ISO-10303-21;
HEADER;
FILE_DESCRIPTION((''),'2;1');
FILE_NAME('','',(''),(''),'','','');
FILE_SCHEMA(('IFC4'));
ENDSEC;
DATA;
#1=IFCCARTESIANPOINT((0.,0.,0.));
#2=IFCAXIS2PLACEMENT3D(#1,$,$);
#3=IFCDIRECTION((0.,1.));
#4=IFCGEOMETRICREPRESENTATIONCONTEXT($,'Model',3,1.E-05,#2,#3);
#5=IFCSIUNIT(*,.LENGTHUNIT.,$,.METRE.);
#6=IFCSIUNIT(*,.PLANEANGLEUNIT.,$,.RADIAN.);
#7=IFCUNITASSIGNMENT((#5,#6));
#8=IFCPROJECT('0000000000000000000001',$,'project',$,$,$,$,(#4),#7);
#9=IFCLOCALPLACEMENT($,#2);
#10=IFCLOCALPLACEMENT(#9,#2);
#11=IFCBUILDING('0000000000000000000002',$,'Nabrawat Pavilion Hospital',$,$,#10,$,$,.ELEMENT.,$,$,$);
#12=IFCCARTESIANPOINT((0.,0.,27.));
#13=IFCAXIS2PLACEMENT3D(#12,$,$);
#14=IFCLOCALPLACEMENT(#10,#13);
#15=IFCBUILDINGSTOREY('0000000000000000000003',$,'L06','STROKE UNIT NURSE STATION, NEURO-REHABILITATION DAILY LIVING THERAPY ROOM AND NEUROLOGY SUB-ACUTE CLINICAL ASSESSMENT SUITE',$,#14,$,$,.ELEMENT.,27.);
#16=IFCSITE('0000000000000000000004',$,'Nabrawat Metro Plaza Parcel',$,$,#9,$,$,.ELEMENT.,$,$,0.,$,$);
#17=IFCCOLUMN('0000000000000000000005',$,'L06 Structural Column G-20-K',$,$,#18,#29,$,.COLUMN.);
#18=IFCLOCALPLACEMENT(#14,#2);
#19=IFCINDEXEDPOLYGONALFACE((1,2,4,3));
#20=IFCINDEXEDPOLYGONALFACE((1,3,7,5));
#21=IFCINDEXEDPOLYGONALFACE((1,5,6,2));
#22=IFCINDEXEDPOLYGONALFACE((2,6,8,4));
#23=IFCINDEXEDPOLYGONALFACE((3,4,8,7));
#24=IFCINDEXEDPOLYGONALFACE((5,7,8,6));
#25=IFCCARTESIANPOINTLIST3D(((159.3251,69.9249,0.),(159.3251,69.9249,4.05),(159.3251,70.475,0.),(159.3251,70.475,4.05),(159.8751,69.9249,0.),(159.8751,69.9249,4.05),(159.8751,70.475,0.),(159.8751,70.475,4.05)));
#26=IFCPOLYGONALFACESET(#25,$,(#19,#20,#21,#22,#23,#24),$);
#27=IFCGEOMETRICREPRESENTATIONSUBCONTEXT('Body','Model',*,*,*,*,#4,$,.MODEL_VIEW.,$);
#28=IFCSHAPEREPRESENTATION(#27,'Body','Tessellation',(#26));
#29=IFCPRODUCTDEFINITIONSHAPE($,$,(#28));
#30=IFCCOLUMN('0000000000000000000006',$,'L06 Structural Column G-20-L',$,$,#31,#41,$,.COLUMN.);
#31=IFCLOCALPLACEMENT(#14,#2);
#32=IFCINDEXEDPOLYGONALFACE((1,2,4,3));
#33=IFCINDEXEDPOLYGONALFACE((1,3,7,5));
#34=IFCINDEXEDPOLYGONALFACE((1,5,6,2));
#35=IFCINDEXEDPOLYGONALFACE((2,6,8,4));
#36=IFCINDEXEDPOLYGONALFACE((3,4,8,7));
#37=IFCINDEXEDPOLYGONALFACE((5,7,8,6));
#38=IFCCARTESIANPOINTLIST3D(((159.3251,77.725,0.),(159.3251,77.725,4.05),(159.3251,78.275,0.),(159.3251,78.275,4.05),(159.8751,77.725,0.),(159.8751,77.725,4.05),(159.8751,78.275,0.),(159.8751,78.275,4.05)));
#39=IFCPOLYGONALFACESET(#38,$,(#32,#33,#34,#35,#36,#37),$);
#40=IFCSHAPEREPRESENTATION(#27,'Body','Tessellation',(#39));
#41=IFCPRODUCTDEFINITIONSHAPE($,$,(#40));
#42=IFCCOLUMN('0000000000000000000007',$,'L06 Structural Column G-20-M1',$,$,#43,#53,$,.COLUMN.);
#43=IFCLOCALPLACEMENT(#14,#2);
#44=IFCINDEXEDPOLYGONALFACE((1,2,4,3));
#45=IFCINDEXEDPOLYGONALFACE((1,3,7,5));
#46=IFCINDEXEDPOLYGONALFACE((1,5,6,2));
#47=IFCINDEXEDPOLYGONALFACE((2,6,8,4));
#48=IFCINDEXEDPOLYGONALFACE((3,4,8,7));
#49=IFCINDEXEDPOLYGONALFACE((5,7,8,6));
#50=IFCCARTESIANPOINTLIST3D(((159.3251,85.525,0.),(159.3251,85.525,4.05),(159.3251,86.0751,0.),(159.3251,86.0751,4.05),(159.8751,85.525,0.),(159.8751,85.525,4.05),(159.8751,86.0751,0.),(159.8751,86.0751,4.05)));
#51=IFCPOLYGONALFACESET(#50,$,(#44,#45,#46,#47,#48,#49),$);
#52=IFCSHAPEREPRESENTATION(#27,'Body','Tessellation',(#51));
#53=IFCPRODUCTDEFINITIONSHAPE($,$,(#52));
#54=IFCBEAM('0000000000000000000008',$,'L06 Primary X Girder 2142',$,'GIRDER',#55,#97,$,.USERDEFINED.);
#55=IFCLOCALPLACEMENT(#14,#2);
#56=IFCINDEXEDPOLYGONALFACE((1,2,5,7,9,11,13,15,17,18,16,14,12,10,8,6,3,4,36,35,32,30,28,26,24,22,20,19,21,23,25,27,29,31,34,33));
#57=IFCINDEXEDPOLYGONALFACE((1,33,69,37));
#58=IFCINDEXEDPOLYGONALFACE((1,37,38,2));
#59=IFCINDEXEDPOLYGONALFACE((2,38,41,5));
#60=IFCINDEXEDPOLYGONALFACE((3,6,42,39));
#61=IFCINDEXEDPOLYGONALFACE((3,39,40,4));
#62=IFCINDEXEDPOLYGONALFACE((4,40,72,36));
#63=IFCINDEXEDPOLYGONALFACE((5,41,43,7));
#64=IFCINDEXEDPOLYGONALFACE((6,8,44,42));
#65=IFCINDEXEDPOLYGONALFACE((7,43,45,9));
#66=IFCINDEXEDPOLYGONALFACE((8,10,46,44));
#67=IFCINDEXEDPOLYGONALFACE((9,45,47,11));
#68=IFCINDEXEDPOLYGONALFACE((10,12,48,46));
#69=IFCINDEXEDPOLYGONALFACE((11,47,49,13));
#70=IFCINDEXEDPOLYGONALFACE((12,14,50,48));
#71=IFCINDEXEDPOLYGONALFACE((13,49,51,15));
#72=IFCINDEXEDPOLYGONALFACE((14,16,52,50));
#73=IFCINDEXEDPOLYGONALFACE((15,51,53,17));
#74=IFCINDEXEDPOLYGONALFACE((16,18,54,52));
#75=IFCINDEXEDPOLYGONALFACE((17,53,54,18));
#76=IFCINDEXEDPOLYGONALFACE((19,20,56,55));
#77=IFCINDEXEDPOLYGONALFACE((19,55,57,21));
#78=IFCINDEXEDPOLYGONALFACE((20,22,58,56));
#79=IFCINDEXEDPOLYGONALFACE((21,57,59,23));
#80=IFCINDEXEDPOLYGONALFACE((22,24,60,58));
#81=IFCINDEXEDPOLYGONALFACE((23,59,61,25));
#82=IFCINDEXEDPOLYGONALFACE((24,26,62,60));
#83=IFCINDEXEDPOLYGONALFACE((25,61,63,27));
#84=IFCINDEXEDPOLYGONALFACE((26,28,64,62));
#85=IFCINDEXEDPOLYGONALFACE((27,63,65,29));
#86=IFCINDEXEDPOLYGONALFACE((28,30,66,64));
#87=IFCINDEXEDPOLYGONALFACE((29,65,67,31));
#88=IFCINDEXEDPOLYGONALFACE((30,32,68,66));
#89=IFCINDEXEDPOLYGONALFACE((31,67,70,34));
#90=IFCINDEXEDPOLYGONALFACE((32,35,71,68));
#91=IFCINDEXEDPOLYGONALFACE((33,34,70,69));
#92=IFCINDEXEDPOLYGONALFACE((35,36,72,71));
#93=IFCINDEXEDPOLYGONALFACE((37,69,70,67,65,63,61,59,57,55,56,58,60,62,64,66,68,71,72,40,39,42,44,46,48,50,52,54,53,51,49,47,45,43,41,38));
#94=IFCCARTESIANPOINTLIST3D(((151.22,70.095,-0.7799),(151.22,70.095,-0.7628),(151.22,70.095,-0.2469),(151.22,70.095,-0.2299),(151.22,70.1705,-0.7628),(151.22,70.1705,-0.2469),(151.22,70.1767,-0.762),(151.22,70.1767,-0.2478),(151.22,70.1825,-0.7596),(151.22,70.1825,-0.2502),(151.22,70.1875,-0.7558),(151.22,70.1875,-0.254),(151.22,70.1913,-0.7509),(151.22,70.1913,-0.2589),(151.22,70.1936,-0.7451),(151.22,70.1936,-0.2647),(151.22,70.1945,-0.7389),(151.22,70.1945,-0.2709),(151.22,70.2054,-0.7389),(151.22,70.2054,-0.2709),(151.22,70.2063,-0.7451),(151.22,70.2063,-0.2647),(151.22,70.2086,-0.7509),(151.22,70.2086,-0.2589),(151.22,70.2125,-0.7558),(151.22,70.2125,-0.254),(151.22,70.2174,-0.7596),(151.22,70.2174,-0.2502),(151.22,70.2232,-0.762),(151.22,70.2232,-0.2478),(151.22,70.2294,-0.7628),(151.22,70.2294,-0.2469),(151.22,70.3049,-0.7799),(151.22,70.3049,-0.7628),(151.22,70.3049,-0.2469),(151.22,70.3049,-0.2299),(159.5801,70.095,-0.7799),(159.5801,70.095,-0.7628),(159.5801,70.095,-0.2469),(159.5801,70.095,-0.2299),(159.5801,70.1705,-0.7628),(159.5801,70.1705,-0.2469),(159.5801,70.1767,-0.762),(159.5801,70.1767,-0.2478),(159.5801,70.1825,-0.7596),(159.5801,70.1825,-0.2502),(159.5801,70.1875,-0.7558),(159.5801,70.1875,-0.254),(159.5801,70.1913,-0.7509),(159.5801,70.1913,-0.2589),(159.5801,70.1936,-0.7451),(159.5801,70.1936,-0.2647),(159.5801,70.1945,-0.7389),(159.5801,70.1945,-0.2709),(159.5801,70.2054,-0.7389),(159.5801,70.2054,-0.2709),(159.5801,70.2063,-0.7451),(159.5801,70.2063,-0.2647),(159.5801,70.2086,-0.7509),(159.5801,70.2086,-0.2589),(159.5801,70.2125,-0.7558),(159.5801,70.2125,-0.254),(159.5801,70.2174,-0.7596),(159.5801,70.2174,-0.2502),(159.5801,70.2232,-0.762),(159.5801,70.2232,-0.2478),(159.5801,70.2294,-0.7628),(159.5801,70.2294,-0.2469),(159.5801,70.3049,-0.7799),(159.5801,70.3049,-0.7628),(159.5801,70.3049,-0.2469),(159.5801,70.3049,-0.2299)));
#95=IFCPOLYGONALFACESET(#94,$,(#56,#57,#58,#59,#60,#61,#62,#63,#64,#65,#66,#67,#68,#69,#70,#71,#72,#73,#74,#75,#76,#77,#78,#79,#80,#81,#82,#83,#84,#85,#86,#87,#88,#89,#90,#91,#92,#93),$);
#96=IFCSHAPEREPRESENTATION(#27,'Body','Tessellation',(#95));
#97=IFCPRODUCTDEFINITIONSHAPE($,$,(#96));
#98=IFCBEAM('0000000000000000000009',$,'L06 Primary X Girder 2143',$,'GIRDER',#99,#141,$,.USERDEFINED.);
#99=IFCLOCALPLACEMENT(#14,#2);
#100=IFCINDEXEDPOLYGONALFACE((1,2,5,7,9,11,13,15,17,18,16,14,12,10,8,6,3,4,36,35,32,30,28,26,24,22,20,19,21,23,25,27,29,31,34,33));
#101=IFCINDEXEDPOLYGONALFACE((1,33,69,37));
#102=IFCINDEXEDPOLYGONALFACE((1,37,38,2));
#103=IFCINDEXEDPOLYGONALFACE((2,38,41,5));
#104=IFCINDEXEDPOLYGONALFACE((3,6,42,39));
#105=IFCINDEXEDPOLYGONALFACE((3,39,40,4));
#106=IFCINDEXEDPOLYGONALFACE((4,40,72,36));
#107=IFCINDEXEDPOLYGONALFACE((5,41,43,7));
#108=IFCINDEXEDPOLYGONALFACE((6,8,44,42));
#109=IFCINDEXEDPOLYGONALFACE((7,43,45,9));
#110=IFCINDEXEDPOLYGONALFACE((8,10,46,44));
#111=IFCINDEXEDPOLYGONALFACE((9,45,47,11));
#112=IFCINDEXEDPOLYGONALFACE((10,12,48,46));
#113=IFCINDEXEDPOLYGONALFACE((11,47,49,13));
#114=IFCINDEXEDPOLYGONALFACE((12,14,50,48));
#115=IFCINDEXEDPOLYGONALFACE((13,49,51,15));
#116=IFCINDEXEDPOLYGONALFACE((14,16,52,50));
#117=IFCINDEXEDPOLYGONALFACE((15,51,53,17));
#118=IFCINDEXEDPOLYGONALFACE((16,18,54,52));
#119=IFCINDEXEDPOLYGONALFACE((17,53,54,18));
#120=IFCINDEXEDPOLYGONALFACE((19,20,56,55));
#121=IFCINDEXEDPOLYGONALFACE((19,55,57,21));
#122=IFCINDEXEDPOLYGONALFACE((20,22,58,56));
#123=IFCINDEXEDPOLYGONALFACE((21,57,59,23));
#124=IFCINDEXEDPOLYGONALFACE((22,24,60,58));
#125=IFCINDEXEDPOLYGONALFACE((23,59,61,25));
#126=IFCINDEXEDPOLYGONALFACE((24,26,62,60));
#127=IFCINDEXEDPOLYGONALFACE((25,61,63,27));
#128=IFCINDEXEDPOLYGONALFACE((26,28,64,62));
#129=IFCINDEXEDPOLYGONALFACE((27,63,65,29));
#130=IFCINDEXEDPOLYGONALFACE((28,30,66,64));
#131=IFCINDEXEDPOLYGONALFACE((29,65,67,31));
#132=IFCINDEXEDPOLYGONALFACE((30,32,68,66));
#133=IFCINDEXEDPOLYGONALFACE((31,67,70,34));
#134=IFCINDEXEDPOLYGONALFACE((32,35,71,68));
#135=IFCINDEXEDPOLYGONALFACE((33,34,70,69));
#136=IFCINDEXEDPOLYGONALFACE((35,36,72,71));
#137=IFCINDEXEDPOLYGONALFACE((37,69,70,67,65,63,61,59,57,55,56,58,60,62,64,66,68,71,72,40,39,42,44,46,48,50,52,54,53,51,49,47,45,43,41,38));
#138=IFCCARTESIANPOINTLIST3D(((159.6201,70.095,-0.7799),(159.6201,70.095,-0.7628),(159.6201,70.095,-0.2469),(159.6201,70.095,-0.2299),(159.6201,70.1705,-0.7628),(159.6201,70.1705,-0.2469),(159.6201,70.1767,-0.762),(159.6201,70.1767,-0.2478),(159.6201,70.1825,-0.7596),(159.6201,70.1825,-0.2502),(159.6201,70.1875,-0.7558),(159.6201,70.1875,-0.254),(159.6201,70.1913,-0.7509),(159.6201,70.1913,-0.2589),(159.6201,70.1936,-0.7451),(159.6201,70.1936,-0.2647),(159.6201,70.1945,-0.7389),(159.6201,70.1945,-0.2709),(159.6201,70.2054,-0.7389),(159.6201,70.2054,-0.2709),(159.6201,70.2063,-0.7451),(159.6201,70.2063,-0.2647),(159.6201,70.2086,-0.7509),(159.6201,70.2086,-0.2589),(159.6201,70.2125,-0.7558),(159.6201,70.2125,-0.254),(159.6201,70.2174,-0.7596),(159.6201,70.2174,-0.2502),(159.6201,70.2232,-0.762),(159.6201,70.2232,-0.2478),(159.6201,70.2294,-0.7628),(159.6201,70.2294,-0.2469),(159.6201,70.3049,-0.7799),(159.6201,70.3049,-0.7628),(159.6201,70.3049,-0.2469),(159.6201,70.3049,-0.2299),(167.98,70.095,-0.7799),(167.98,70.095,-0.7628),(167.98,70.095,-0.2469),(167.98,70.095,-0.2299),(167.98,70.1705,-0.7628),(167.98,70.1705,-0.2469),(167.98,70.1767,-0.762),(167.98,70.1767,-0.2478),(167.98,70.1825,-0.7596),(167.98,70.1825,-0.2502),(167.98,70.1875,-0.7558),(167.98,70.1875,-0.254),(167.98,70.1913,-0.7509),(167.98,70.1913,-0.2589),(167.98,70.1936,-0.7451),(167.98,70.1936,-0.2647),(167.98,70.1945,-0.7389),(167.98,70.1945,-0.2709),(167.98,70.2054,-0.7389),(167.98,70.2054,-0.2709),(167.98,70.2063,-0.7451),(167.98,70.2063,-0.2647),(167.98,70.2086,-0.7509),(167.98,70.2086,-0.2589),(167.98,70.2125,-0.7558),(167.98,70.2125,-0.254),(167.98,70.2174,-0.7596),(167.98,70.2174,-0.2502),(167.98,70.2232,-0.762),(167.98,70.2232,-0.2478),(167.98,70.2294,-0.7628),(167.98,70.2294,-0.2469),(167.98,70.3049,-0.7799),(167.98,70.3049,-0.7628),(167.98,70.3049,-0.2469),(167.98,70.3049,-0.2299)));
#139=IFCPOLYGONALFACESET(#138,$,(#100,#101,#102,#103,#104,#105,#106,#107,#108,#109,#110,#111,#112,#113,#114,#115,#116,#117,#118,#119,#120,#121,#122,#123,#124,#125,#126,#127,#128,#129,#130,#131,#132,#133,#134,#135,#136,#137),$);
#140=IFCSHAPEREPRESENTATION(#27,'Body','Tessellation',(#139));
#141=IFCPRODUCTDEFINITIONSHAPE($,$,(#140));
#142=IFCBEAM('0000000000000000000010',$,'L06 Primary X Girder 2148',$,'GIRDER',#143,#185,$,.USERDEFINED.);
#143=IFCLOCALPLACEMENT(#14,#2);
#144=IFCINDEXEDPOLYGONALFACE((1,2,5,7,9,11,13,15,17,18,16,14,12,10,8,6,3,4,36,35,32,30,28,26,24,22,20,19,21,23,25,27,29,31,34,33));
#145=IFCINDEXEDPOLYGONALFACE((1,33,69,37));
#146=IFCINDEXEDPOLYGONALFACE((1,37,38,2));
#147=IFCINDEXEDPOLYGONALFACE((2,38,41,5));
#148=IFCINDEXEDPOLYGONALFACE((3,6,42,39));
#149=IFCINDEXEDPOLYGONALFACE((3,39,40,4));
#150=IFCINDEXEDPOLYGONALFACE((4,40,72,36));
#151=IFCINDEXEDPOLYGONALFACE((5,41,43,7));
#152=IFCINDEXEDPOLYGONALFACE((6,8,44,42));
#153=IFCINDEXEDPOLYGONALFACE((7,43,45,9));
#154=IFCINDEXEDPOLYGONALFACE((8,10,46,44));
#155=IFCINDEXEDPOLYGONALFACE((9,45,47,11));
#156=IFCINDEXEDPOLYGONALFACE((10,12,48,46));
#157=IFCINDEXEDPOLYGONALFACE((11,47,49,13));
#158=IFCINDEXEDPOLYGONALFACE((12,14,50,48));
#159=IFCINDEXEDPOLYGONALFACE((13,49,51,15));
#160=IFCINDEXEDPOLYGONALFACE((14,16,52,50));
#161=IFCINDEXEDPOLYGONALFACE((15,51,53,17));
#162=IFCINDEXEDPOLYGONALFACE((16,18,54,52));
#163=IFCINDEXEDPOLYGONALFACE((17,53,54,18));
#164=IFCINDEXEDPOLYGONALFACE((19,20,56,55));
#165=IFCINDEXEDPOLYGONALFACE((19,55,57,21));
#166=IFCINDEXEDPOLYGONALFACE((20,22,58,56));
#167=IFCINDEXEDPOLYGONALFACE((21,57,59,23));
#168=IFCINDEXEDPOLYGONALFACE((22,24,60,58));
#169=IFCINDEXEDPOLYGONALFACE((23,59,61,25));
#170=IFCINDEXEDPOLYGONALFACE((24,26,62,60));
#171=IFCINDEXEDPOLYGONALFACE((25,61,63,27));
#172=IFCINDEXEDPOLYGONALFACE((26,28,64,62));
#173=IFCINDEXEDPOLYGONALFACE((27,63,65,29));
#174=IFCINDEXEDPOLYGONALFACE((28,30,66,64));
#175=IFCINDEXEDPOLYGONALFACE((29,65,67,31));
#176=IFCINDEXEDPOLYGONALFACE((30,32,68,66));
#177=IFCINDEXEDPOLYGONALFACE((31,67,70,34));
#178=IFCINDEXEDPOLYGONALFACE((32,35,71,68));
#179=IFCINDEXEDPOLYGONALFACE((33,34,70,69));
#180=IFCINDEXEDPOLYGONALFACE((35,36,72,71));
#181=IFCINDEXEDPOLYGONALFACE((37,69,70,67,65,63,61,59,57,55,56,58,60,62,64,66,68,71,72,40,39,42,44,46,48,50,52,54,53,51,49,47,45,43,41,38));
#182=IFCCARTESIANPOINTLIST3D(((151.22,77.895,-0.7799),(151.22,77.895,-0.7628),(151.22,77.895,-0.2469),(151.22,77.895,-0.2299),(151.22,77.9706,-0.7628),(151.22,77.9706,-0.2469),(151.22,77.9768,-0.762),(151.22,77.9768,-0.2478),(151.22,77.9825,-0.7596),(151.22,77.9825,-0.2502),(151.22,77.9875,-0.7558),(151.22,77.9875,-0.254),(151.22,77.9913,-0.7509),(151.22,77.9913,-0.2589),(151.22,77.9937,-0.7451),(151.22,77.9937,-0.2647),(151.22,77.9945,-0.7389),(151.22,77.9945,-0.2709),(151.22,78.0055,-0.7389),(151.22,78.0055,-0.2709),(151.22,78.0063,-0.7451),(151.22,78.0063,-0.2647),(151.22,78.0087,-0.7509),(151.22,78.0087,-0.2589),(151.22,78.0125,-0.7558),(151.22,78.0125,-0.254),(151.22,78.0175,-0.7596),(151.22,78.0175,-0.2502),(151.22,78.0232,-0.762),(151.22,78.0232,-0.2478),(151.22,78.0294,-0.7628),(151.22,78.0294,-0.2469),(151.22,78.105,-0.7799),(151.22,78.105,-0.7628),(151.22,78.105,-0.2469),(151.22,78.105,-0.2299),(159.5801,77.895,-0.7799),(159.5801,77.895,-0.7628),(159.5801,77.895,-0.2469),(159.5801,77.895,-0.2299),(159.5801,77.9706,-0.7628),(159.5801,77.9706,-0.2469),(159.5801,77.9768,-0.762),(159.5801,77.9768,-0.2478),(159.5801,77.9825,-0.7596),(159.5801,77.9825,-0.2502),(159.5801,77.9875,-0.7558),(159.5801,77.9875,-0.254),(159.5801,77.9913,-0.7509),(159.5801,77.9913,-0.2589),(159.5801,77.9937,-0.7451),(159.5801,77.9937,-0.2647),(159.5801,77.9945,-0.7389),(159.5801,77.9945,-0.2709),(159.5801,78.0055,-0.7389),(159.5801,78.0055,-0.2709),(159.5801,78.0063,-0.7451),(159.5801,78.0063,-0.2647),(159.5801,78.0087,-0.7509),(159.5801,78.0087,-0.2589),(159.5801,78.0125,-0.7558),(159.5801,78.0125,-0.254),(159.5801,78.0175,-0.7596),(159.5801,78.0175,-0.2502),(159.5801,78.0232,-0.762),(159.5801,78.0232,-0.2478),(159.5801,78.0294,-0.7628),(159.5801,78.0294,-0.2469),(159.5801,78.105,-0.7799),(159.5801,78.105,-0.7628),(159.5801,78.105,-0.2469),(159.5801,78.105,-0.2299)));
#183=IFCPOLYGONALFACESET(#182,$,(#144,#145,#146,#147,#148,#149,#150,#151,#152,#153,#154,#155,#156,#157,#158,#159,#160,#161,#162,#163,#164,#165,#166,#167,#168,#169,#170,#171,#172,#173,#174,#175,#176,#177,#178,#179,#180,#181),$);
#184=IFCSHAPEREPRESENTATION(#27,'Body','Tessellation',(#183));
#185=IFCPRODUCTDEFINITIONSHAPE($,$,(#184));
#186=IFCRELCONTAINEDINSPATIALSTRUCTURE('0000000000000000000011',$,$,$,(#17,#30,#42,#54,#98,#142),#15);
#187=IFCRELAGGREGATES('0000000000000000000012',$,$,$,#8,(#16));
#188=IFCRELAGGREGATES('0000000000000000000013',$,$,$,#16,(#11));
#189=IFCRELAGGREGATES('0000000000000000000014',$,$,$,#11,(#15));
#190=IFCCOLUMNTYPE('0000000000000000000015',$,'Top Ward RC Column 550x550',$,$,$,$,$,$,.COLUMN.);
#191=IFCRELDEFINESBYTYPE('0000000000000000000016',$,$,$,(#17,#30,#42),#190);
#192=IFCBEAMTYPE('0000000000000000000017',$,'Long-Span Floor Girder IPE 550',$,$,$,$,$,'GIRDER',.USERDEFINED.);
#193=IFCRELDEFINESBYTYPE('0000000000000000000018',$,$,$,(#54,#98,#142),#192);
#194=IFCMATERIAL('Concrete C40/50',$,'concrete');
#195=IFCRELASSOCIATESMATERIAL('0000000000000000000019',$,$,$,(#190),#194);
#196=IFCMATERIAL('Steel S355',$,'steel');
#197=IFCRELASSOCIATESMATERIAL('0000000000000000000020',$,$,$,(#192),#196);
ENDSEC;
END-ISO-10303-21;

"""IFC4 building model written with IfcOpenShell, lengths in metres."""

from ifc_helpers import new_model, si_unit, direction, frame, origin, origin_2d, place, context, subcontext, project, spatial, rectangle, i_section, extrude, material, material_profile, profile_set, type_object, element, save


model = new_model("IFC4")

# Units and contexts
model_context = context("Model", 3, precision=1e-05, world=origin(), true_north=direction((0.0, 1.0)))
body_context = subcontext(model_context, "Body", "Model", "MODEL_VIEW")
ifc_project = project(units=[si_unit("LENGTHUNIT", "METRE"), si_unit("PLANEANGLEUNIT", "RADIAN")], contexts=[model_context])

# Site, building, storey
site_placement = place(None, origin())
site = spatial("IfcSite", under=ifc_project, at=site_placement, Name="Nabrawat Metro Plaza Parcel", CompositionType="ELEMENT", RefElevation=0.0)
building_placement = place(site_placement, origin())
building = spatial("IfcBuilding", under=site, at=building_placement, Name="Nabrawat Pavilion Hospital", CompositionType="ELEMENT")
storey_placement = place(building_placement, frame((0.0, 0.0, 27.0)))
storey = spatial("IfcBuildingStorey", under=building, at=storey_placement, Name="L06", Description="STROKE UNIT NURSE STATION, NEURO-REHABILITATION DAILY LIVING THERAPY ROOM AND NEUROLOGY SUB-ACUTE CLINICAL ASSESSMENT SUITE", CompositionType="ELEMENT", Elevation=27.0)

# Columns
ifc_material_1 = material(Name="Concrete C40/50", Category="concrete")
ifc_material_profile_1 = material_profile(ifc_material_1, rectangle(XDim=0.55, YDim=0.55, at=origin_2d()), Name="RC 550x550")
ifc_profile_set_1 = profile_set([ifc_material_profile_1], Name="Concrete C40/50")
column_type = type_object("IfcColumnType", Name="Top Ward RC Column 550x550", PredefinedType="COLUMN", material=ifc_profile_set_1)
for number, where, z_axis, x_axis, name in (
    (1, (159.6001, 70.2, 0.0), (0.0, 0.0, 1.0), (1.0, 0.0, 0.0), "L06 Structural Column G-20-K"),
    (2, (159.6001, 78.0, 0.0), (0.0, 0.0, 1.0), (1.0, 0.0, 0.0), "L06 Structural Column G-20-L"),
    (3, (159.6001, 85.8, 0.0), (0.0, 0.0, 1.0), (1.0, 0.0, 0.0), "L06 Structural Column G-20-M1"),
):
    element("IfcColumn", number, at=place(storey_placement, frame(where, z_axis=z_axis, x_axis=x_axis)), inside=storey, type_object=column_type, Name=name, PredefinedType="COLUMN", context=body_context, shape_type="SweptSolid", body=[
        extrude(rectangle(XDim=0.55, YDim=0.55, at=origin_2d()), origin(), (0.0, 0.0, 1.0), 4.05),
    ])

# Beams
ifc_material_2 = material(Name="Steel S355", Category="steel")
ifc_material_profile_2 = material_profile(ifc_material_2, i_section(OverallWidth=0.21, OverallDepth=0.55, WebThickness=0.011, FlangeThickness=0.0171, FilletRadius=0.0239, at=origin_2d()), Name="IPE 550")
ifc_profile_set_2 = profile_set([ifc_material_profile_2], Name="Steel S355")
beam_type_1 = type_object("IfcBeamType", Name="Long-Span Floor Girder IPE 550", ElementType="GIRDER", PredefinedType="USERDEFINED", material=ifc_profile_set_2)
beam_1_placement = place(storey_placement, frame((151.22, 70.2, -0.5049), z_axis=(1.0, 0.0, 0.0), x_axis=(0.0, 1.0, 0.0)))
element("IfcBeam", 4, at=beam_1_placement, inside=storey, type_object=beam_type_1, Name="L06 Primary X Girder 2142", ObjectType="GIRDER", PredefinedType="USERDEFINED", context=body_context, shape_type="SweptSolid", body=[
    extrude(i_section(OverallWidth=0.21, OverallDepth=0.55, WebThickness=0.011, FlangeThickness=0.0171, FilletRadius=0.0239, at=origin_2d()), origin(), (0.0, 0.0, 1.0), 8.3601),
])
beam_2_placement = place(storey_placement, frame((159.6201, 70.2, -0.5049), z_axis=(1.0, 0.0, 0.0), x_axis=(0.0, 1.0, 0.0)))
element("IfcBeam", 5, at=beam_2_placement, inside=storey, type_object=beam_type_1, Name="L06 Primary X Girder 2143", ObjectType="GIRDER", PredefinedType="USERDEFINED", context=body_context, shape_type="SweptSolid", body=[
    extrude(i_section(OverallWidth=0.21, OverallDepth=0.55, WebThickness=0.011, FlangeThickness=0.0171, FilletRadius=0.0239, at=origin_2d()), origin(), (0.0, 0.0, 1.0), 8.3599),
])
beam_3_placement = place(storey_placement, frame((151.22, 78.0, -0.5049), z_axis=(1.0, 0.0, 0.0), x_axis=(0.0, 1.0, 0.0)))
element("IfcBeam", 6, at=beam_3_placement, inside=storey, type_object=beam_type_1, Name="L06 Primary X Girder 2148", ObjectType="GIRDER", PredefinedType="USERDEFINED", context=body_context, shape_type="SweptSolid", body=[
    extrude(i_section(OverallWidth=0.21, OverallDepth=0.55, WebThickness=0.011, FlangeThickness=0.0171, FilletRadius=0.0239, at=origin_2d()), origin(), (0.0, 0.0, 1.0), 8.3601),
])

save(model, "model.ifc")
